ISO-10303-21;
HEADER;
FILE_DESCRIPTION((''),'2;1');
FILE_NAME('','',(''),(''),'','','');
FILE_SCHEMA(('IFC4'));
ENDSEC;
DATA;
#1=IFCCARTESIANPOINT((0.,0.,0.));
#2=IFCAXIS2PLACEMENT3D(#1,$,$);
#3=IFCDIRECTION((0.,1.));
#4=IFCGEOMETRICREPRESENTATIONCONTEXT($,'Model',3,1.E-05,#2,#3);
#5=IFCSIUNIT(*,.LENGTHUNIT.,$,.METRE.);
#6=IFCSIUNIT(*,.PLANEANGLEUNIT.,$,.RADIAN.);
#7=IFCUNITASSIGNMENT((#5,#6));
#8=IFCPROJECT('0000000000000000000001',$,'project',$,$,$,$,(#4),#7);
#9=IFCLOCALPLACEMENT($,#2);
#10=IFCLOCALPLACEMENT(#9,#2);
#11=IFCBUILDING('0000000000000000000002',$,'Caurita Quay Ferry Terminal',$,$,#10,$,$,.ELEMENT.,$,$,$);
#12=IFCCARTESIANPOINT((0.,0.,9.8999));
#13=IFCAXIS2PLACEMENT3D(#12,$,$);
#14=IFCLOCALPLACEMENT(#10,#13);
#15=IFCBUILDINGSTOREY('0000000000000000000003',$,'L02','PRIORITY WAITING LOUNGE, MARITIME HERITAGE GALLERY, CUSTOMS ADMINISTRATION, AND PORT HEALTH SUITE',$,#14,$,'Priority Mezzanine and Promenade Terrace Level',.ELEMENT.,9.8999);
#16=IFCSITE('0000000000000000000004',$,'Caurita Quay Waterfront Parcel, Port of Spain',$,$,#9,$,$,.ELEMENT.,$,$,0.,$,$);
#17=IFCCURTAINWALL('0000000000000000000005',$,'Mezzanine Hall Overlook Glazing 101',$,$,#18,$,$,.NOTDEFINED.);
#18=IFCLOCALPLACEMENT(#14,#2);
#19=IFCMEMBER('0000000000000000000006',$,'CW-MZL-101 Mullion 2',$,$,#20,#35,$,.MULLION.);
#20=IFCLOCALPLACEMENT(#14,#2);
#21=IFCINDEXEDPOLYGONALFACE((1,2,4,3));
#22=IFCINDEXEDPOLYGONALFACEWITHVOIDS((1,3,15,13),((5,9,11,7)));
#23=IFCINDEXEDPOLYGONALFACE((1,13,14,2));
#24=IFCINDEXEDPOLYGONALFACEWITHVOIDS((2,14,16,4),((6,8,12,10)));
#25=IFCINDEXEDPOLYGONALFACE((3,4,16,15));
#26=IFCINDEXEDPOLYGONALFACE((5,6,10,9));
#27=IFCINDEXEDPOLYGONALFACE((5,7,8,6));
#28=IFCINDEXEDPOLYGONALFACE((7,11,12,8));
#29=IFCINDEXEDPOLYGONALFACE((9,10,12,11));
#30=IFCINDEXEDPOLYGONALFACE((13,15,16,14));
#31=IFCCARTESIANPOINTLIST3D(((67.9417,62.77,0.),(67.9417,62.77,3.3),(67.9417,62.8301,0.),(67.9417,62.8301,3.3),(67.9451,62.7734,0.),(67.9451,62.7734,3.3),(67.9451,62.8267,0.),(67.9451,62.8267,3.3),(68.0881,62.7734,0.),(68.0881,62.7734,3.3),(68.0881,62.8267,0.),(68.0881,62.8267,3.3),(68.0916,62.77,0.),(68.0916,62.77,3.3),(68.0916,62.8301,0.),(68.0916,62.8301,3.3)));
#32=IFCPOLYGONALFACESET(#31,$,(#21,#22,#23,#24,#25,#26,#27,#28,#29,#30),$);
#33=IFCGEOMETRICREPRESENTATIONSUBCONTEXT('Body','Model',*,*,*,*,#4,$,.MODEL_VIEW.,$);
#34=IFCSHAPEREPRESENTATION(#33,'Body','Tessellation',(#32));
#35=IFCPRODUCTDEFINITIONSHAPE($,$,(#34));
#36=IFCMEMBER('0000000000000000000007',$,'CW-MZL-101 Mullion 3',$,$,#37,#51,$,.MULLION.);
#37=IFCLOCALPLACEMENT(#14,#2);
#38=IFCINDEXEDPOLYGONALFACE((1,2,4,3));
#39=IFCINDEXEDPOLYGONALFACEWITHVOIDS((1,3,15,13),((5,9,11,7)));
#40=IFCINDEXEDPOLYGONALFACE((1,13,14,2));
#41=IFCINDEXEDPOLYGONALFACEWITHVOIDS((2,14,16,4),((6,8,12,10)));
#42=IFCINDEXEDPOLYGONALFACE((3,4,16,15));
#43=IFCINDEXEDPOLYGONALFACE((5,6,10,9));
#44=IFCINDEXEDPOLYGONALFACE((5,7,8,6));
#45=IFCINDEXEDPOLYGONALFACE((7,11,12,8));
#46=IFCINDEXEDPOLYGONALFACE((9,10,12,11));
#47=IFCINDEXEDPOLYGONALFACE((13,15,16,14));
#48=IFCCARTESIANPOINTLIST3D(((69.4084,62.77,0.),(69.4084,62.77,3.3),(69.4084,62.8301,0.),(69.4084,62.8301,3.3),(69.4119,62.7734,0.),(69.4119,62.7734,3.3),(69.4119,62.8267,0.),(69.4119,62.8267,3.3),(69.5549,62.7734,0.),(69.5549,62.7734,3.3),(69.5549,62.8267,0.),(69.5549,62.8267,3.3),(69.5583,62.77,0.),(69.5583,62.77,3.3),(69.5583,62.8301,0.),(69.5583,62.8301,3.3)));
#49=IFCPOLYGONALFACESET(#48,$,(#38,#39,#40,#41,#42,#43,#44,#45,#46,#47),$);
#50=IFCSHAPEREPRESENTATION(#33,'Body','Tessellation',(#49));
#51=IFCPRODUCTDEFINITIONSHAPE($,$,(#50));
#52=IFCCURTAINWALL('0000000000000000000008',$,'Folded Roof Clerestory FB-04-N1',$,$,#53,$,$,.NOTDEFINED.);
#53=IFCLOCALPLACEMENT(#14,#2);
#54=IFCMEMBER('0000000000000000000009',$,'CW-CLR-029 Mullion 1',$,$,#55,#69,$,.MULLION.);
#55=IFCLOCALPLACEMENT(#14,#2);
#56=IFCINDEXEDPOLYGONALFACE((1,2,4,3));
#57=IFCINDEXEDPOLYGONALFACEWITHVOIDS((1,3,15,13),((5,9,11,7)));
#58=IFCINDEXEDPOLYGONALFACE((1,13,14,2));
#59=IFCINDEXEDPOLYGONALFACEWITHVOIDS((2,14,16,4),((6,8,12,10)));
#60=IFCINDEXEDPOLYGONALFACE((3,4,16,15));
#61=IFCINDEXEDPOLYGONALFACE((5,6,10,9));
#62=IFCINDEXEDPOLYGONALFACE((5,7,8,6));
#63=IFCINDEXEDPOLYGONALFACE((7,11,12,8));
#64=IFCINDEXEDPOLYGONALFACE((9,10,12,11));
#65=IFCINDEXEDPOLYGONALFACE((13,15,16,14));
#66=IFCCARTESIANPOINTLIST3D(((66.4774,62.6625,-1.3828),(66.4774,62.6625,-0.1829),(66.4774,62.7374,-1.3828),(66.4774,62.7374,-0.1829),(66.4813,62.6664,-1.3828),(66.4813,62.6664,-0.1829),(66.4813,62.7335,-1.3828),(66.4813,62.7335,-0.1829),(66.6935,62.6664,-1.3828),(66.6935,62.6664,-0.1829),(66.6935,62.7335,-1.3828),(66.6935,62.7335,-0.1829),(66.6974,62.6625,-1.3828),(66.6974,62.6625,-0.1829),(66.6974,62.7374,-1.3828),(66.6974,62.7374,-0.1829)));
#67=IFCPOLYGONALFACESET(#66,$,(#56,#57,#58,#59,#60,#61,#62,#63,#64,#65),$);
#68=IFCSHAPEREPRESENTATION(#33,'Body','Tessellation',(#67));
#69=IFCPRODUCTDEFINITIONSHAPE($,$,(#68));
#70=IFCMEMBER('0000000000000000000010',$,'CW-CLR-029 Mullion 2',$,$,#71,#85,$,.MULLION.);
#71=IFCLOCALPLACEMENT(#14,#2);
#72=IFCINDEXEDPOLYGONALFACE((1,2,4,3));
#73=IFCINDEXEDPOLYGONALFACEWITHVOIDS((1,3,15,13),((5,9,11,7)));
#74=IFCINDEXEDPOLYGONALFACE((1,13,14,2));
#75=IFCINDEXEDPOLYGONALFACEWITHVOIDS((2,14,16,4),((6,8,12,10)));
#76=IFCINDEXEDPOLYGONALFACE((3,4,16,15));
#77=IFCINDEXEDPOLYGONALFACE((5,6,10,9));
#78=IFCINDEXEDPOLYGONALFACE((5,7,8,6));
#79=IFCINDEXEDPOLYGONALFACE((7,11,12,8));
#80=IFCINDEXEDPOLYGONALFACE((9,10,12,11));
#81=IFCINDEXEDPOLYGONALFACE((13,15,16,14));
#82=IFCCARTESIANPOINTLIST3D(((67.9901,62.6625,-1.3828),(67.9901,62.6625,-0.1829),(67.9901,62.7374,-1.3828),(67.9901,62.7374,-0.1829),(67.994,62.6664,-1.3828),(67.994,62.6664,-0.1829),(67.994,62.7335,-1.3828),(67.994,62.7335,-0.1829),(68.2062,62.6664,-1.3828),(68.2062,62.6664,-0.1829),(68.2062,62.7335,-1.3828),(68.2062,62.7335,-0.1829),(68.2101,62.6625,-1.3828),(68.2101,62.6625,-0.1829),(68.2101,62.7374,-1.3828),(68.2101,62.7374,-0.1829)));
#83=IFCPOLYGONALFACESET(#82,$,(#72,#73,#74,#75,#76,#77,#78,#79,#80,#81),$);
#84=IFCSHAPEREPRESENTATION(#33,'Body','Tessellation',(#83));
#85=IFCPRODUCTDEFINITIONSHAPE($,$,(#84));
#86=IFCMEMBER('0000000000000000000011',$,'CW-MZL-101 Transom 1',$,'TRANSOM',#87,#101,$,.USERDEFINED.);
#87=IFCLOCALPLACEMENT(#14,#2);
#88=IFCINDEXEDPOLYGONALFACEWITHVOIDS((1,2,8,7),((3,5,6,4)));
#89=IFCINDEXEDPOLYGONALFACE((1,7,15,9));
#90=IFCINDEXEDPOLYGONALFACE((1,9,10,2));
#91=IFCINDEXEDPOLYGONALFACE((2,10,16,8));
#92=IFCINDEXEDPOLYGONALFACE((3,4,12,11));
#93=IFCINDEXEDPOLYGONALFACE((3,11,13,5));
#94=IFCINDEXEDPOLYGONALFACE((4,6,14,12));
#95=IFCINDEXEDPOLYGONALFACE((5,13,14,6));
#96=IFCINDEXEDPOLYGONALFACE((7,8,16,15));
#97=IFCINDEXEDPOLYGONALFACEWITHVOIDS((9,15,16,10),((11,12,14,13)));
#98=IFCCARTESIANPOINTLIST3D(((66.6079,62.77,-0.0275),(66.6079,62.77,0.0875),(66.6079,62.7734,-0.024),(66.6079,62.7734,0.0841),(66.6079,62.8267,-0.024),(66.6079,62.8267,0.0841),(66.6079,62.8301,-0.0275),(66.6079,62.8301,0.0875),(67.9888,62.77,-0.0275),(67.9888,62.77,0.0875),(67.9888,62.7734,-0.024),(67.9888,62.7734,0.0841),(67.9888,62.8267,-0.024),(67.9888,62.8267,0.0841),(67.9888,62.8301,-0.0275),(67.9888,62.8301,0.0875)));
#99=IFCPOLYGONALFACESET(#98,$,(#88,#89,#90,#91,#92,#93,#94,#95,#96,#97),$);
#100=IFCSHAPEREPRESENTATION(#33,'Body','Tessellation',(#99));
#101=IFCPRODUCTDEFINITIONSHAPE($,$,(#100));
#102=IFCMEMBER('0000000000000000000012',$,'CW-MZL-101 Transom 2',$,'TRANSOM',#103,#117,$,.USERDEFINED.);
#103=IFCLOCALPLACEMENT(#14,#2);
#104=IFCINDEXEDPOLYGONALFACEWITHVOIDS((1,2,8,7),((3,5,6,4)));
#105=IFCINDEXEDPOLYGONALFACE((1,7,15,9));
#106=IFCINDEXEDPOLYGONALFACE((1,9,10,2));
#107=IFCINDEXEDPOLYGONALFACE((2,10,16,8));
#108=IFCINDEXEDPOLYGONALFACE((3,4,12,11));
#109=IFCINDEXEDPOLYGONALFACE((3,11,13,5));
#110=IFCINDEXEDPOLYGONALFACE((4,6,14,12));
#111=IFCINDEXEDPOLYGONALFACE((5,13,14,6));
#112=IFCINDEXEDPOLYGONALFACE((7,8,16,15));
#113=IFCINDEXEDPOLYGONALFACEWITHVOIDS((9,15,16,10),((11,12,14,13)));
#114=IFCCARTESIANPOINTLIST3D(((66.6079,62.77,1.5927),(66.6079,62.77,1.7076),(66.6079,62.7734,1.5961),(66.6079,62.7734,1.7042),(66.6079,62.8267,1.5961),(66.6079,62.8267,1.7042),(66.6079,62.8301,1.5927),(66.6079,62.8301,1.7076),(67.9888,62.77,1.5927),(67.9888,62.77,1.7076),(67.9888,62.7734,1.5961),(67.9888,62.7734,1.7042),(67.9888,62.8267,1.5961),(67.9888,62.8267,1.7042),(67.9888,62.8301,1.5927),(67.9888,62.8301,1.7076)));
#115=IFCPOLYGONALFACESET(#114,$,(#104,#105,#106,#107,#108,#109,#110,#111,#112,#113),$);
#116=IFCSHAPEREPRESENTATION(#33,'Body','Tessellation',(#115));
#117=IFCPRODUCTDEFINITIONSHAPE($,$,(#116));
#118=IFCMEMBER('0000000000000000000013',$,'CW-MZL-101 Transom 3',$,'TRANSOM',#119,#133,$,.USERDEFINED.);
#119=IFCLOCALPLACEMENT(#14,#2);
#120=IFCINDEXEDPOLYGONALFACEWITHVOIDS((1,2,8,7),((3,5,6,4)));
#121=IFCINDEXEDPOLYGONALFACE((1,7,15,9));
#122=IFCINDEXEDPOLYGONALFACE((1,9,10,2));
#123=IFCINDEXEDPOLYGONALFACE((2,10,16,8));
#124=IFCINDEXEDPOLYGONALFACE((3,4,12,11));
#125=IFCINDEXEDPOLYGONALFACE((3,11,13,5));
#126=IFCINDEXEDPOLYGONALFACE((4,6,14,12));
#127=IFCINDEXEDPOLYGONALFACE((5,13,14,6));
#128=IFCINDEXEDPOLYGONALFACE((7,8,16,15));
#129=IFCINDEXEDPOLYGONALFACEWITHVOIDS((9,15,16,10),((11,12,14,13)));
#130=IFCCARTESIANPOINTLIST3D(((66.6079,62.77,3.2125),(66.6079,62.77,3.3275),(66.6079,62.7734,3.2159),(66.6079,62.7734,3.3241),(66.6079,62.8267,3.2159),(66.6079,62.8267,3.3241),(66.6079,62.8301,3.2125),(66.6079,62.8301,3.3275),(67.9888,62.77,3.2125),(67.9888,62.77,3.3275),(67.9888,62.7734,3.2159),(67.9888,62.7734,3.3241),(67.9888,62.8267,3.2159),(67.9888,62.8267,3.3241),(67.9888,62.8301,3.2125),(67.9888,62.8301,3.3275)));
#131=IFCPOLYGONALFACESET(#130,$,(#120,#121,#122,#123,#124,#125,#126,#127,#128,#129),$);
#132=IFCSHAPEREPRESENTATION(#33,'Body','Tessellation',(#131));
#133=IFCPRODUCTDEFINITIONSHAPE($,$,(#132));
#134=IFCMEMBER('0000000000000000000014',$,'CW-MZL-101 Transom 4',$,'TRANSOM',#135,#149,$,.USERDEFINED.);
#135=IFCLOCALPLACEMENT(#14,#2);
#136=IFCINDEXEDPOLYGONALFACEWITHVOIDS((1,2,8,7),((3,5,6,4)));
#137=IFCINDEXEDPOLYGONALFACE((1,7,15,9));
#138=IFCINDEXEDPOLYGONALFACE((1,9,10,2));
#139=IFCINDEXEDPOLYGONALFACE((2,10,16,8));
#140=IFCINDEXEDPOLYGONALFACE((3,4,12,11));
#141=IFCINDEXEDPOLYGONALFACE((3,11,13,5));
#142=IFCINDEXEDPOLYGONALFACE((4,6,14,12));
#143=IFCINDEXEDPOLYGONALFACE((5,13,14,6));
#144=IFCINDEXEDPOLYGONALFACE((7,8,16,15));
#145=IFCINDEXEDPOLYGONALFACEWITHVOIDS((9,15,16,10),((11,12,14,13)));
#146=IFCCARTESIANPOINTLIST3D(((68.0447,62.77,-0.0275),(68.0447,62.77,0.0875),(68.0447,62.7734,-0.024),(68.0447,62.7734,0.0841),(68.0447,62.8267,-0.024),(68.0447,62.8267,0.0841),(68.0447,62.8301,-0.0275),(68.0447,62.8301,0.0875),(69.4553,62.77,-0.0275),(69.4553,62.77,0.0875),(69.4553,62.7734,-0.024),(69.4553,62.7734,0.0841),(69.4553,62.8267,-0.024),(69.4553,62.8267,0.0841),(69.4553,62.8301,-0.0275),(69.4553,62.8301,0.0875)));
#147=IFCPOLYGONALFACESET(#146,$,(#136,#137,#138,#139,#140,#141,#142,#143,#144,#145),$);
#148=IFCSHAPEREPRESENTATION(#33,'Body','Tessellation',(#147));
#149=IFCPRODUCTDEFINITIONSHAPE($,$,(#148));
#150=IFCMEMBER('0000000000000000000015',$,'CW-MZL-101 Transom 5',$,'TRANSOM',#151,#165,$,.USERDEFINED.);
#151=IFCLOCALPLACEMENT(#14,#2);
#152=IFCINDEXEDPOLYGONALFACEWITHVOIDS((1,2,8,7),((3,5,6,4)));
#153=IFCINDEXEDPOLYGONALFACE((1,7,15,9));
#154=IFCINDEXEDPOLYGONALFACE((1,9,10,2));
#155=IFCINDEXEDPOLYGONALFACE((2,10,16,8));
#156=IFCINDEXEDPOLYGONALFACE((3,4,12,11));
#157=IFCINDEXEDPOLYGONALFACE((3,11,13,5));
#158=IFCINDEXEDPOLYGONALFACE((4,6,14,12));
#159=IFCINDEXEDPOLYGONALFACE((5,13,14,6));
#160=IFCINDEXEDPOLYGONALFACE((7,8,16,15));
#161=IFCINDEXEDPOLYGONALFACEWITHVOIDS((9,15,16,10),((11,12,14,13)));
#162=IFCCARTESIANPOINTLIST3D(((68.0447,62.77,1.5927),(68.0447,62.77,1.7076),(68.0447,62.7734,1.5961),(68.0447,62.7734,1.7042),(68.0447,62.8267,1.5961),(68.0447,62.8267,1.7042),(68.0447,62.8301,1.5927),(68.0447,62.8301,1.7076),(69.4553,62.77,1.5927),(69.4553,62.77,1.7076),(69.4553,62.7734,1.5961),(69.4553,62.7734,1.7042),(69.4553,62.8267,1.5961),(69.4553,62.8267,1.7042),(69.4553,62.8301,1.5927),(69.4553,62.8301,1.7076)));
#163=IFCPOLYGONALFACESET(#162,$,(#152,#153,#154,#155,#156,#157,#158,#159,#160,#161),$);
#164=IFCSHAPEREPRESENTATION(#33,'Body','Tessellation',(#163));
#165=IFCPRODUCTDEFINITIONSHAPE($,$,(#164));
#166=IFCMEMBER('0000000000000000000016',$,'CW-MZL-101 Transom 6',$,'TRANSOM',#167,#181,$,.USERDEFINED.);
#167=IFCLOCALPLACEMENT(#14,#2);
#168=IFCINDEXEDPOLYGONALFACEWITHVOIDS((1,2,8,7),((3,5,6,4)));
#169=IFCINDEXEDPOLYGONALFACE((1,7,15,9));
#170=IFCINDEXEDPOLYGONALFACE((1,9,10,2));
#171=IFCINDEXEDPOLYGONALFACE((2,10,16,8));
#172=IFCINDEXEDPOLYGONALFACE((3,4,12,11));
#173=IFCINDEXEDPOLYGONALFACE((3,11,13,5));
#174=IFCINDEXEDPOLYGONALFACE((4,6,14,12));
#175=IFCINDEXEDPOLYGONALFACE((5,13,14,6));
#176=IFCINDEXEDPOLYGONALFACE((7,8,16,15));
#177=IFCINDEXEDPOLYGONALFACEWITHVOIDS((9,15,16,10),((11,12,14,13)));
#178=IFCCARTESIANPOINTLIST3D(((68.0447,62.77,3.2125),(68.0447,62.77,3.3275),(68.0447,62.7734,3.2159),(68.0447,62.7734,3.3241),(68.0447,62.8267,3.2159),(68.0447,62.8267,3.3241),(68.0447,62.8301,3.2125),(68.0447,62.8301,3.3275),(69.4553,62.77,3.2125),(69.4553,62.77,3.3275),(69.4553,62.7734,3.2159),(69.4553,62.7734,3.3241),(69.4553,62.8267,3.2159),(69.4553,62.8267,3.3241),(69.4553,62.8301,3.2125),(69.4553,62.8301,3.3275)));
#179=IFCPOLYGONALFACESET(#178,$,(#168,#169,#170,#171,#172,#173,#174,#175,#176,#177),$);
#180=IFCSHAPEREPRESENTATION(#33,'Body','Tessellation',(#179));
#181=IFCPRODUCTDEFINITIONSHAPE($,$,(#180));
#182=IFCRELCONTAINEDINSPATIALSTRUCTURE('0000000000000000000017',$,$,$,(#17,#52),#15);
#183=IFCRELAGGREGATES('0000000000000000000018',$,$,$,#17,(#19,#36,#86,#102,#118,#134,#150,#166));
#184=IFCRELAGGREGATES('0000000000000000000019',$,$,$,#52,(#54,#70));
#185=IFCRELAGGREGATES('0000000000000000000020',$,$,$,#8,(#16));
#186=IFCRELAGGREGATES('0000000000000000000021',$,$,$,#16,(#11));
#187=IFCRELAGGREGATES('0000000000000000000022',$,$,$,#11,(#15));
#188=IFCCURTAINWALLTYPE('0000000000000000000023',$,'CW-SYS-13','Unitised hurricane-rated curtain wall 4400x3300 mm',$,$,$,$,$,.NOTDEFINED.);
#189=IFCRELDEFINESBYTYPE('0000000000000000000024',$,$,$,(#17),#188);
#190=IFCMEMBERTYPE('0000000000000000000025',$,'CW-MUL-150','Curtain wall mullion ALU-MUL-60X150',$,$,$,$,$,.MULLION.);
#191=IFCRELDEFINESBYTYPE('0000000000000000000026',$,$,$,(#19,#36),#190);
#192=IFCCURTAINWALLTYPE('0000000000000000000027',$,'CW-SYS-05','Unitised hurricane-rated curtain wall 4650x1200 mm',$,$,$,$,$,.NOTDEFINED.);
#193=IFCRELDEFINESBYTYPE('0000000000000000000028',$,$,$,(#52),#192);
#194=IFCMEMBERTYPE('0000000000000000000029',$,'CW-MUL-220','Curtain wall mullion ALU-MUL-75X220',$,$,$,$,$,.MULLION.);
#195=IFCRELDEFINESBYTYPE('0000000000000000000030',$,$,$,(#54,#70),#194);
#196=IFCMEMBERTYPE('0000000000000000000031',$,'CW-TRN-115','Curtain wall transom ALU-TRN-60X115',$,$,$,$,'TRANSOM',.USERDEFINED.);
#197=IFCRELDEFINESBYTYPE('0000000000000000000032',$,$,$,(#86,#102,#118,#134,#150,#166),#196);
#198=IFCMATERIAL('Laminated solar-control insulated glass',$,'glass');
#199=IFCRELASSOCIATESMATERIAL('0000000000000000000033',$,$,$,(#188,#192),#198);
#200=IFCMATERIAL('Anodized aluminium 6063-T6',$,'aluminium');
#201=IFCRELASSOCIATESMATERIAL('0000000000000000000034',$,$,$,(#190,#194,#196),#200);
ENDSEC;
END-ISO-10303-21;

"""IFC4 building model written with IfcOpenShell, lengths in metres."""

from ifc_helpers import new_model, si_unit, direction, frame, origin, origin_2d, place, context, subcontext, project, spatial, hollow_rectangle, extrude, material, material_profile, profile_set, type_object, element, aggregate, save


model = new_model("IFC4")

# Units and contexts
model_context = context("Model", 3, precision=1e-05, world=origin(), true_north=direction((0.0, 1.0)))
body_context = subcontext(model_context, "Body", "Model", "MODEL_VIEW")
ifc_project = project(units=[si_unit("LENGTHUNIT", "METRE"), si_unit("PLANEANGLEUNIT", "RADIAN")], contexts=[model_context])

# Site, building, storey
site_placement = place(None, origin())
site = spatial("IfcSite", under=ifc_project, at=site_placement, Name="Caurita Quay Waterfront Parcel, Port of Spain", CompositionType="ELEMENT", RefElevation=0.0)
building_placement = place(site_placement, origin())
building = spatial("IfcBuilding", under=site, at=building_placement, Name="Caurita Quay Ferry Terminal", CompositionType="ELEMENT")
storey_placement = place(building_placement, frame((0.0, 0.0, 9.8999)))
storey = spatial("IfcBuildingStorey", under=building, at=storey_placement, Name="L02", Description="PRIORITY WAITING LOUNGE, MARITIME HERITAGE GALLERY, CUSTOMS ADMINISTRATION, AND PORT HEALTH SUITE", LongName="Priority Mezzanine and Promenade Terrace Level", CompositionType="ELEMENT", Elevation=9.8999)

# Curtain walls, members
ifc_material_1 = material(Name="Laminated solar-control insulated glass", Category="glass")
curtain_wall_type_1 = type_object("IfcCurtainWallType", Name="CW-SYS-13", Description="Unitised hurricane-rated curtain wall 4400x3300 mm", PredefinedType="NOTDEFINED", material=ifc_material_1)
curtain_wall_1_placement = place(storey_placement, origin())
curtain_wall_1 = element("IfcCurtainWall", 1, at=curtain_wall_1_placement, inside=storey, type_object=curtain_wall_type_1, Name="Mezzanine Hall Overlook Glazing 101", PredefinedType="NOTDEFINED")
ifc_material_2 = material(Name="Anodized aluminium 6063-T6", Category="aluminium")
ifc_material_profile_1 = material_profile(ifc_material_2, hollow_rectangle(XDim=0.0601, YDim=0.1499, WallThickness=0.0034, at=origin_2d()), Name="ALU-MUL-60X150")
ifc_profile_set_1 = profile_set([ifc_material_profile_1], Name="Anodized aluminium 6063-T6")
member_type_1 = type_object("IfcMemberType", Name="CW-MUL-150", Description="Curtain wall mullion ALU-MUL-60X150", PredefinedType="MULLION", material=ifc_profile_set_1)
member_1_placement = place(storey_placement, frame((68.0166, 62.8, 0.0), z_axis=(0.0, 0.0, 1.0), x_axis=(0.0, 1.0, 0.0)))
member_1 = element("IfcMember", 2, at=member_1_placement, type_object=member_type_1, Name="CW-MZL-101 Mullion 2", PredefinedType="MULLION", context=body_context, shape_type="SweptSolid", body=[
    extrude(hollow_rectangle(XDim=0.0601, YDim=0.1499, WallThickness=0.0034, at=origin_2d()), origin(), (0.0, 0.0, 1.0), 3.3),
])
member_2_placement = place(storey_placement, frame((69.4834, 62.8, 0.0), z_axis=(0.0, 0.0, 1.0), x_axis=(0.0, 1.0, 0.0)))
member_2 = element("IfcMember", 3, at=member_2_placement, type_object=member_type_1, Name="CW-MZL-101 Mullion 3", PredefinedType="MULLION", context=body_context, shape_type="SweptSolid", body=[
    extrude(hollow_rectangle(XDim=0.0601, YDim=0.1499, WallThickness=0.0034, at=origin_2d()), origin(), (0.0, 0.0, 1.0), 3.3),
])
curtain_wall_type_2 = type_object("IfcCurtainWallType", Name="CW-SYS-05", Description="Unitised hurricane-rated curtain wall 4650x1200 mm", PredefinedType="NOTDEFINED", material=ifc_material_1)
curtain_wall_2_placement = place(storey_placement, origin())
curtain_wall_2 = element("IfcCurtainWall", 4, at=curtain_wall_2_placement, inside=storey, type_object=curtain_wall_type_2, Name="Folded Roof Clerestory FB-04-N1", PredefinedType="NOTDEFINED")
ifc_material_profile_2 = material_profile(ifc_material_2, hollow_rectangle(XDim=0.075, YDim=0.22, WallThickness=0.0039, at=origin_2d()), Name="ALU-MUL-75X220")
ifc_profile_set_2 = profile_set([ifc_material_profile_2], Name="Anodized aluminium 6063-T6")
member_type_2 = type_object("IfcMemberType", Name="CW-MUL-220", Description="Curtain wall mullion ALU-MUL-75X220", PredefinedType="MULLION", material=ifc_profile_set_2)
member_3_placement = place(storey_placement, frame((66.5874, 62.7, -1.3828), z_axis=(0.0, 0.0, 1.0), x_axis=(0.0, 1.0, 0.0)))
member_3 = element("IfcMember", 5, at=member_3_placement, type_object=member_type_2, Name="CW-CLR-029 Mullion 1", PredefinedType="MULLION", context=body_context, shape_type="SweptSolid", body=[
    extrude(hollow_rectangle(XDim=0.075, YDim=0.22, WallThickness=0.0039, at=origin_2d()), origin(), (0.0, 0.0, 1.0), 1.2),
])
member_4_placement = place(storey_placement, frame((68.1001, 62.7, -1.3828), z_axis=(0.0, 0.0, 1.0), x_axis=(0.0, 1.0, 0.0)))
member_4 = element("IfcMember", 6, at=member_4_placement, type_object=member_type_2, Name="CW-CLR-029 Mullion 2", PredefinedType="MULLION", context=body_context, shape_type="SweptSolid", body=[
    extrude(hollow_rectangle(XDim=0.075, YDim=0.22, WallThickness=0.0039, at=origin_2d()), origin(), (0.0, 0.0, 1.0), 1.2),
])

# Members
ifc_material_profile_3 = material_profile(ifc_material_2, hollow_rectangle(XDim=0.0601, YDim=0.115, WallThickness=0.0034, at=origin_2d()), Name="ALU-TRN-60X115")
ifc_profile_set_3 = profile_set([ifc_material_profile_3], Name="Anodized aluminium 6063-T6")
member_type_3 = type_object("IfcMemberType", Name="CW-TRN-115", Description="Curtain wall transom ALU-TRN-60X115", ElementType="TRANSOM", PredefinedType="USERDEFINED", material=ifc_profile_set_3)
member_5_placement = place(storey_placement, frame((66.6079, 62.8, 0.03), z_axis=(1.0, 0.0, 0.0), x_axis=(0.0, 1.0, 0.0)))
member_5 = element("IfcMember", 7, at=member_5_placement, type_object=member_type_3, Name="CW-MZL-101 Transom 1", ObjectType="TRANSOM", PredefinedType="USERDEFINED", context=body_context, shape_type="SweptSolid", body=[
    extrude(hollow_rectangle(XDim=0.0601, YDim=0.115, WallThickness=0.0034, at=origin_2d()), origin(), (0.0, 0.0, 1.0), 1.3809),
])
member_6_placement = place(storey_placement, frame((66.6079, 62.8, 1.6501), z_axis=(1.0, 0.0, 0.0), x_axis=(0.0, 1.0, 0.0)))
member_6 = element("IfcMember", 8, at=member_6_placement, type_object=member_type_3, Name="CW-MZL-101 Transom 2", ObjectType="TRANSOM", PredefinedType="USERDEFINED", context=body_context, shape_type="SweptSolid", body=[
    extrude(hollow_rectangle(XDim=0.0601, YDim=0.115, WallThickness=0.0034, at=origin_2d()), origin(), (0.0, 0.0, 1.0), 1.3809),
])
member_7_placement = place(storey_placement, frame((66.6079, 62.8, 3.27), z_axis=(1.0, 0.0, 0.0), x_axis=(0.0, 1.0, 0.0)))
member_7 = element("IfcMember", 9, at=member_7_placement, type_object=member_type_3, Name="CW-MZL-101 Transom 3", ObjectType="TRANSOM", PredefinedType="USERDEFINED", context=body_context, shape_type="SweptSolid", body=[
    extrude(hollow_rectangle(XDim=0.0601, YDim=0.115, WallThickness=0.0034, at=origin_2d()), origin(), (0.0, 0.0, 1.0), 1.3809),
])
member_8_placement = place(storey_placement, frame((68.0447, 62.8, 0.03), z_axis=(1.0, 0.0, 0.0), x_axis=(0.0, 1.0, 0.0)))
member_8 = element("IfcMember", 10, at=member_8_placement, type_object=member_type_3, Name="CW-MZL-101 Transom 4", ObjectType="TRANSOM", PredefinedType="USERDEFINED", context=body_context, shape_type="SweptSolid", body=[
    extrude(hollow_rectangle(XDim=0.0601, YDim=0.115, WallThickness=0.0034, at=origin_2d()), origin(), (0.0, 0.0, 1.0), 1.4106),
])
member_9_placement = place(storey_placement, frame((68.0447, 62.8, 1.6501), z_axis=(1.0, 0.0, 0.0), x_axis=(0.0, 1.0, 0.0)))
member_9 = element("IfcMember", 11, at=member_9_placement, type_object=member_type_3, Name="CW-MZL-101 Transom 5", ObjectType="TRANSOM", PredefinedType="USERDEFINED", context=body_context, shape_type="SweptSolid", body=[
    extrude(hollow_rectangle(XDim=0.0601, YDim=0.115, WallThickness=0.0034, at=origin_2d()), origin(), (0.0, 0.0, 1.0), 1.4106),
])
member_10_placement = place(storey_placement, frame((68.0447, 62.8, 3.27), z_axis=(1.0, 0.0, 0.0), x_axis=(0.0, 1.0, 0.0)))
member_10 = element("IfcMember", 12, at=member_10_placement, type_object=member_type_3, Name="CW-MZL-101 Transom 6", ObjectType="TRANSOM", PredefinedType="USERDEFINED", context=body_context, shape_type="SweptSolid", body=[
    extrude(hollow_rectangle(XDim=0.0601, YDim=0.115, WallThickness=0.0034, at=origin_2d()), origin(), (0.0, 0.0, 1.0), 1.4106),
])

aggregate(curtain_wall_1, [member_1, member_2, member_5, member_6, member_7, member_8, member_9, member_10])
aggregate(curtain_wall_2, [member_3, member_4])

save(model, "model.ifc")
